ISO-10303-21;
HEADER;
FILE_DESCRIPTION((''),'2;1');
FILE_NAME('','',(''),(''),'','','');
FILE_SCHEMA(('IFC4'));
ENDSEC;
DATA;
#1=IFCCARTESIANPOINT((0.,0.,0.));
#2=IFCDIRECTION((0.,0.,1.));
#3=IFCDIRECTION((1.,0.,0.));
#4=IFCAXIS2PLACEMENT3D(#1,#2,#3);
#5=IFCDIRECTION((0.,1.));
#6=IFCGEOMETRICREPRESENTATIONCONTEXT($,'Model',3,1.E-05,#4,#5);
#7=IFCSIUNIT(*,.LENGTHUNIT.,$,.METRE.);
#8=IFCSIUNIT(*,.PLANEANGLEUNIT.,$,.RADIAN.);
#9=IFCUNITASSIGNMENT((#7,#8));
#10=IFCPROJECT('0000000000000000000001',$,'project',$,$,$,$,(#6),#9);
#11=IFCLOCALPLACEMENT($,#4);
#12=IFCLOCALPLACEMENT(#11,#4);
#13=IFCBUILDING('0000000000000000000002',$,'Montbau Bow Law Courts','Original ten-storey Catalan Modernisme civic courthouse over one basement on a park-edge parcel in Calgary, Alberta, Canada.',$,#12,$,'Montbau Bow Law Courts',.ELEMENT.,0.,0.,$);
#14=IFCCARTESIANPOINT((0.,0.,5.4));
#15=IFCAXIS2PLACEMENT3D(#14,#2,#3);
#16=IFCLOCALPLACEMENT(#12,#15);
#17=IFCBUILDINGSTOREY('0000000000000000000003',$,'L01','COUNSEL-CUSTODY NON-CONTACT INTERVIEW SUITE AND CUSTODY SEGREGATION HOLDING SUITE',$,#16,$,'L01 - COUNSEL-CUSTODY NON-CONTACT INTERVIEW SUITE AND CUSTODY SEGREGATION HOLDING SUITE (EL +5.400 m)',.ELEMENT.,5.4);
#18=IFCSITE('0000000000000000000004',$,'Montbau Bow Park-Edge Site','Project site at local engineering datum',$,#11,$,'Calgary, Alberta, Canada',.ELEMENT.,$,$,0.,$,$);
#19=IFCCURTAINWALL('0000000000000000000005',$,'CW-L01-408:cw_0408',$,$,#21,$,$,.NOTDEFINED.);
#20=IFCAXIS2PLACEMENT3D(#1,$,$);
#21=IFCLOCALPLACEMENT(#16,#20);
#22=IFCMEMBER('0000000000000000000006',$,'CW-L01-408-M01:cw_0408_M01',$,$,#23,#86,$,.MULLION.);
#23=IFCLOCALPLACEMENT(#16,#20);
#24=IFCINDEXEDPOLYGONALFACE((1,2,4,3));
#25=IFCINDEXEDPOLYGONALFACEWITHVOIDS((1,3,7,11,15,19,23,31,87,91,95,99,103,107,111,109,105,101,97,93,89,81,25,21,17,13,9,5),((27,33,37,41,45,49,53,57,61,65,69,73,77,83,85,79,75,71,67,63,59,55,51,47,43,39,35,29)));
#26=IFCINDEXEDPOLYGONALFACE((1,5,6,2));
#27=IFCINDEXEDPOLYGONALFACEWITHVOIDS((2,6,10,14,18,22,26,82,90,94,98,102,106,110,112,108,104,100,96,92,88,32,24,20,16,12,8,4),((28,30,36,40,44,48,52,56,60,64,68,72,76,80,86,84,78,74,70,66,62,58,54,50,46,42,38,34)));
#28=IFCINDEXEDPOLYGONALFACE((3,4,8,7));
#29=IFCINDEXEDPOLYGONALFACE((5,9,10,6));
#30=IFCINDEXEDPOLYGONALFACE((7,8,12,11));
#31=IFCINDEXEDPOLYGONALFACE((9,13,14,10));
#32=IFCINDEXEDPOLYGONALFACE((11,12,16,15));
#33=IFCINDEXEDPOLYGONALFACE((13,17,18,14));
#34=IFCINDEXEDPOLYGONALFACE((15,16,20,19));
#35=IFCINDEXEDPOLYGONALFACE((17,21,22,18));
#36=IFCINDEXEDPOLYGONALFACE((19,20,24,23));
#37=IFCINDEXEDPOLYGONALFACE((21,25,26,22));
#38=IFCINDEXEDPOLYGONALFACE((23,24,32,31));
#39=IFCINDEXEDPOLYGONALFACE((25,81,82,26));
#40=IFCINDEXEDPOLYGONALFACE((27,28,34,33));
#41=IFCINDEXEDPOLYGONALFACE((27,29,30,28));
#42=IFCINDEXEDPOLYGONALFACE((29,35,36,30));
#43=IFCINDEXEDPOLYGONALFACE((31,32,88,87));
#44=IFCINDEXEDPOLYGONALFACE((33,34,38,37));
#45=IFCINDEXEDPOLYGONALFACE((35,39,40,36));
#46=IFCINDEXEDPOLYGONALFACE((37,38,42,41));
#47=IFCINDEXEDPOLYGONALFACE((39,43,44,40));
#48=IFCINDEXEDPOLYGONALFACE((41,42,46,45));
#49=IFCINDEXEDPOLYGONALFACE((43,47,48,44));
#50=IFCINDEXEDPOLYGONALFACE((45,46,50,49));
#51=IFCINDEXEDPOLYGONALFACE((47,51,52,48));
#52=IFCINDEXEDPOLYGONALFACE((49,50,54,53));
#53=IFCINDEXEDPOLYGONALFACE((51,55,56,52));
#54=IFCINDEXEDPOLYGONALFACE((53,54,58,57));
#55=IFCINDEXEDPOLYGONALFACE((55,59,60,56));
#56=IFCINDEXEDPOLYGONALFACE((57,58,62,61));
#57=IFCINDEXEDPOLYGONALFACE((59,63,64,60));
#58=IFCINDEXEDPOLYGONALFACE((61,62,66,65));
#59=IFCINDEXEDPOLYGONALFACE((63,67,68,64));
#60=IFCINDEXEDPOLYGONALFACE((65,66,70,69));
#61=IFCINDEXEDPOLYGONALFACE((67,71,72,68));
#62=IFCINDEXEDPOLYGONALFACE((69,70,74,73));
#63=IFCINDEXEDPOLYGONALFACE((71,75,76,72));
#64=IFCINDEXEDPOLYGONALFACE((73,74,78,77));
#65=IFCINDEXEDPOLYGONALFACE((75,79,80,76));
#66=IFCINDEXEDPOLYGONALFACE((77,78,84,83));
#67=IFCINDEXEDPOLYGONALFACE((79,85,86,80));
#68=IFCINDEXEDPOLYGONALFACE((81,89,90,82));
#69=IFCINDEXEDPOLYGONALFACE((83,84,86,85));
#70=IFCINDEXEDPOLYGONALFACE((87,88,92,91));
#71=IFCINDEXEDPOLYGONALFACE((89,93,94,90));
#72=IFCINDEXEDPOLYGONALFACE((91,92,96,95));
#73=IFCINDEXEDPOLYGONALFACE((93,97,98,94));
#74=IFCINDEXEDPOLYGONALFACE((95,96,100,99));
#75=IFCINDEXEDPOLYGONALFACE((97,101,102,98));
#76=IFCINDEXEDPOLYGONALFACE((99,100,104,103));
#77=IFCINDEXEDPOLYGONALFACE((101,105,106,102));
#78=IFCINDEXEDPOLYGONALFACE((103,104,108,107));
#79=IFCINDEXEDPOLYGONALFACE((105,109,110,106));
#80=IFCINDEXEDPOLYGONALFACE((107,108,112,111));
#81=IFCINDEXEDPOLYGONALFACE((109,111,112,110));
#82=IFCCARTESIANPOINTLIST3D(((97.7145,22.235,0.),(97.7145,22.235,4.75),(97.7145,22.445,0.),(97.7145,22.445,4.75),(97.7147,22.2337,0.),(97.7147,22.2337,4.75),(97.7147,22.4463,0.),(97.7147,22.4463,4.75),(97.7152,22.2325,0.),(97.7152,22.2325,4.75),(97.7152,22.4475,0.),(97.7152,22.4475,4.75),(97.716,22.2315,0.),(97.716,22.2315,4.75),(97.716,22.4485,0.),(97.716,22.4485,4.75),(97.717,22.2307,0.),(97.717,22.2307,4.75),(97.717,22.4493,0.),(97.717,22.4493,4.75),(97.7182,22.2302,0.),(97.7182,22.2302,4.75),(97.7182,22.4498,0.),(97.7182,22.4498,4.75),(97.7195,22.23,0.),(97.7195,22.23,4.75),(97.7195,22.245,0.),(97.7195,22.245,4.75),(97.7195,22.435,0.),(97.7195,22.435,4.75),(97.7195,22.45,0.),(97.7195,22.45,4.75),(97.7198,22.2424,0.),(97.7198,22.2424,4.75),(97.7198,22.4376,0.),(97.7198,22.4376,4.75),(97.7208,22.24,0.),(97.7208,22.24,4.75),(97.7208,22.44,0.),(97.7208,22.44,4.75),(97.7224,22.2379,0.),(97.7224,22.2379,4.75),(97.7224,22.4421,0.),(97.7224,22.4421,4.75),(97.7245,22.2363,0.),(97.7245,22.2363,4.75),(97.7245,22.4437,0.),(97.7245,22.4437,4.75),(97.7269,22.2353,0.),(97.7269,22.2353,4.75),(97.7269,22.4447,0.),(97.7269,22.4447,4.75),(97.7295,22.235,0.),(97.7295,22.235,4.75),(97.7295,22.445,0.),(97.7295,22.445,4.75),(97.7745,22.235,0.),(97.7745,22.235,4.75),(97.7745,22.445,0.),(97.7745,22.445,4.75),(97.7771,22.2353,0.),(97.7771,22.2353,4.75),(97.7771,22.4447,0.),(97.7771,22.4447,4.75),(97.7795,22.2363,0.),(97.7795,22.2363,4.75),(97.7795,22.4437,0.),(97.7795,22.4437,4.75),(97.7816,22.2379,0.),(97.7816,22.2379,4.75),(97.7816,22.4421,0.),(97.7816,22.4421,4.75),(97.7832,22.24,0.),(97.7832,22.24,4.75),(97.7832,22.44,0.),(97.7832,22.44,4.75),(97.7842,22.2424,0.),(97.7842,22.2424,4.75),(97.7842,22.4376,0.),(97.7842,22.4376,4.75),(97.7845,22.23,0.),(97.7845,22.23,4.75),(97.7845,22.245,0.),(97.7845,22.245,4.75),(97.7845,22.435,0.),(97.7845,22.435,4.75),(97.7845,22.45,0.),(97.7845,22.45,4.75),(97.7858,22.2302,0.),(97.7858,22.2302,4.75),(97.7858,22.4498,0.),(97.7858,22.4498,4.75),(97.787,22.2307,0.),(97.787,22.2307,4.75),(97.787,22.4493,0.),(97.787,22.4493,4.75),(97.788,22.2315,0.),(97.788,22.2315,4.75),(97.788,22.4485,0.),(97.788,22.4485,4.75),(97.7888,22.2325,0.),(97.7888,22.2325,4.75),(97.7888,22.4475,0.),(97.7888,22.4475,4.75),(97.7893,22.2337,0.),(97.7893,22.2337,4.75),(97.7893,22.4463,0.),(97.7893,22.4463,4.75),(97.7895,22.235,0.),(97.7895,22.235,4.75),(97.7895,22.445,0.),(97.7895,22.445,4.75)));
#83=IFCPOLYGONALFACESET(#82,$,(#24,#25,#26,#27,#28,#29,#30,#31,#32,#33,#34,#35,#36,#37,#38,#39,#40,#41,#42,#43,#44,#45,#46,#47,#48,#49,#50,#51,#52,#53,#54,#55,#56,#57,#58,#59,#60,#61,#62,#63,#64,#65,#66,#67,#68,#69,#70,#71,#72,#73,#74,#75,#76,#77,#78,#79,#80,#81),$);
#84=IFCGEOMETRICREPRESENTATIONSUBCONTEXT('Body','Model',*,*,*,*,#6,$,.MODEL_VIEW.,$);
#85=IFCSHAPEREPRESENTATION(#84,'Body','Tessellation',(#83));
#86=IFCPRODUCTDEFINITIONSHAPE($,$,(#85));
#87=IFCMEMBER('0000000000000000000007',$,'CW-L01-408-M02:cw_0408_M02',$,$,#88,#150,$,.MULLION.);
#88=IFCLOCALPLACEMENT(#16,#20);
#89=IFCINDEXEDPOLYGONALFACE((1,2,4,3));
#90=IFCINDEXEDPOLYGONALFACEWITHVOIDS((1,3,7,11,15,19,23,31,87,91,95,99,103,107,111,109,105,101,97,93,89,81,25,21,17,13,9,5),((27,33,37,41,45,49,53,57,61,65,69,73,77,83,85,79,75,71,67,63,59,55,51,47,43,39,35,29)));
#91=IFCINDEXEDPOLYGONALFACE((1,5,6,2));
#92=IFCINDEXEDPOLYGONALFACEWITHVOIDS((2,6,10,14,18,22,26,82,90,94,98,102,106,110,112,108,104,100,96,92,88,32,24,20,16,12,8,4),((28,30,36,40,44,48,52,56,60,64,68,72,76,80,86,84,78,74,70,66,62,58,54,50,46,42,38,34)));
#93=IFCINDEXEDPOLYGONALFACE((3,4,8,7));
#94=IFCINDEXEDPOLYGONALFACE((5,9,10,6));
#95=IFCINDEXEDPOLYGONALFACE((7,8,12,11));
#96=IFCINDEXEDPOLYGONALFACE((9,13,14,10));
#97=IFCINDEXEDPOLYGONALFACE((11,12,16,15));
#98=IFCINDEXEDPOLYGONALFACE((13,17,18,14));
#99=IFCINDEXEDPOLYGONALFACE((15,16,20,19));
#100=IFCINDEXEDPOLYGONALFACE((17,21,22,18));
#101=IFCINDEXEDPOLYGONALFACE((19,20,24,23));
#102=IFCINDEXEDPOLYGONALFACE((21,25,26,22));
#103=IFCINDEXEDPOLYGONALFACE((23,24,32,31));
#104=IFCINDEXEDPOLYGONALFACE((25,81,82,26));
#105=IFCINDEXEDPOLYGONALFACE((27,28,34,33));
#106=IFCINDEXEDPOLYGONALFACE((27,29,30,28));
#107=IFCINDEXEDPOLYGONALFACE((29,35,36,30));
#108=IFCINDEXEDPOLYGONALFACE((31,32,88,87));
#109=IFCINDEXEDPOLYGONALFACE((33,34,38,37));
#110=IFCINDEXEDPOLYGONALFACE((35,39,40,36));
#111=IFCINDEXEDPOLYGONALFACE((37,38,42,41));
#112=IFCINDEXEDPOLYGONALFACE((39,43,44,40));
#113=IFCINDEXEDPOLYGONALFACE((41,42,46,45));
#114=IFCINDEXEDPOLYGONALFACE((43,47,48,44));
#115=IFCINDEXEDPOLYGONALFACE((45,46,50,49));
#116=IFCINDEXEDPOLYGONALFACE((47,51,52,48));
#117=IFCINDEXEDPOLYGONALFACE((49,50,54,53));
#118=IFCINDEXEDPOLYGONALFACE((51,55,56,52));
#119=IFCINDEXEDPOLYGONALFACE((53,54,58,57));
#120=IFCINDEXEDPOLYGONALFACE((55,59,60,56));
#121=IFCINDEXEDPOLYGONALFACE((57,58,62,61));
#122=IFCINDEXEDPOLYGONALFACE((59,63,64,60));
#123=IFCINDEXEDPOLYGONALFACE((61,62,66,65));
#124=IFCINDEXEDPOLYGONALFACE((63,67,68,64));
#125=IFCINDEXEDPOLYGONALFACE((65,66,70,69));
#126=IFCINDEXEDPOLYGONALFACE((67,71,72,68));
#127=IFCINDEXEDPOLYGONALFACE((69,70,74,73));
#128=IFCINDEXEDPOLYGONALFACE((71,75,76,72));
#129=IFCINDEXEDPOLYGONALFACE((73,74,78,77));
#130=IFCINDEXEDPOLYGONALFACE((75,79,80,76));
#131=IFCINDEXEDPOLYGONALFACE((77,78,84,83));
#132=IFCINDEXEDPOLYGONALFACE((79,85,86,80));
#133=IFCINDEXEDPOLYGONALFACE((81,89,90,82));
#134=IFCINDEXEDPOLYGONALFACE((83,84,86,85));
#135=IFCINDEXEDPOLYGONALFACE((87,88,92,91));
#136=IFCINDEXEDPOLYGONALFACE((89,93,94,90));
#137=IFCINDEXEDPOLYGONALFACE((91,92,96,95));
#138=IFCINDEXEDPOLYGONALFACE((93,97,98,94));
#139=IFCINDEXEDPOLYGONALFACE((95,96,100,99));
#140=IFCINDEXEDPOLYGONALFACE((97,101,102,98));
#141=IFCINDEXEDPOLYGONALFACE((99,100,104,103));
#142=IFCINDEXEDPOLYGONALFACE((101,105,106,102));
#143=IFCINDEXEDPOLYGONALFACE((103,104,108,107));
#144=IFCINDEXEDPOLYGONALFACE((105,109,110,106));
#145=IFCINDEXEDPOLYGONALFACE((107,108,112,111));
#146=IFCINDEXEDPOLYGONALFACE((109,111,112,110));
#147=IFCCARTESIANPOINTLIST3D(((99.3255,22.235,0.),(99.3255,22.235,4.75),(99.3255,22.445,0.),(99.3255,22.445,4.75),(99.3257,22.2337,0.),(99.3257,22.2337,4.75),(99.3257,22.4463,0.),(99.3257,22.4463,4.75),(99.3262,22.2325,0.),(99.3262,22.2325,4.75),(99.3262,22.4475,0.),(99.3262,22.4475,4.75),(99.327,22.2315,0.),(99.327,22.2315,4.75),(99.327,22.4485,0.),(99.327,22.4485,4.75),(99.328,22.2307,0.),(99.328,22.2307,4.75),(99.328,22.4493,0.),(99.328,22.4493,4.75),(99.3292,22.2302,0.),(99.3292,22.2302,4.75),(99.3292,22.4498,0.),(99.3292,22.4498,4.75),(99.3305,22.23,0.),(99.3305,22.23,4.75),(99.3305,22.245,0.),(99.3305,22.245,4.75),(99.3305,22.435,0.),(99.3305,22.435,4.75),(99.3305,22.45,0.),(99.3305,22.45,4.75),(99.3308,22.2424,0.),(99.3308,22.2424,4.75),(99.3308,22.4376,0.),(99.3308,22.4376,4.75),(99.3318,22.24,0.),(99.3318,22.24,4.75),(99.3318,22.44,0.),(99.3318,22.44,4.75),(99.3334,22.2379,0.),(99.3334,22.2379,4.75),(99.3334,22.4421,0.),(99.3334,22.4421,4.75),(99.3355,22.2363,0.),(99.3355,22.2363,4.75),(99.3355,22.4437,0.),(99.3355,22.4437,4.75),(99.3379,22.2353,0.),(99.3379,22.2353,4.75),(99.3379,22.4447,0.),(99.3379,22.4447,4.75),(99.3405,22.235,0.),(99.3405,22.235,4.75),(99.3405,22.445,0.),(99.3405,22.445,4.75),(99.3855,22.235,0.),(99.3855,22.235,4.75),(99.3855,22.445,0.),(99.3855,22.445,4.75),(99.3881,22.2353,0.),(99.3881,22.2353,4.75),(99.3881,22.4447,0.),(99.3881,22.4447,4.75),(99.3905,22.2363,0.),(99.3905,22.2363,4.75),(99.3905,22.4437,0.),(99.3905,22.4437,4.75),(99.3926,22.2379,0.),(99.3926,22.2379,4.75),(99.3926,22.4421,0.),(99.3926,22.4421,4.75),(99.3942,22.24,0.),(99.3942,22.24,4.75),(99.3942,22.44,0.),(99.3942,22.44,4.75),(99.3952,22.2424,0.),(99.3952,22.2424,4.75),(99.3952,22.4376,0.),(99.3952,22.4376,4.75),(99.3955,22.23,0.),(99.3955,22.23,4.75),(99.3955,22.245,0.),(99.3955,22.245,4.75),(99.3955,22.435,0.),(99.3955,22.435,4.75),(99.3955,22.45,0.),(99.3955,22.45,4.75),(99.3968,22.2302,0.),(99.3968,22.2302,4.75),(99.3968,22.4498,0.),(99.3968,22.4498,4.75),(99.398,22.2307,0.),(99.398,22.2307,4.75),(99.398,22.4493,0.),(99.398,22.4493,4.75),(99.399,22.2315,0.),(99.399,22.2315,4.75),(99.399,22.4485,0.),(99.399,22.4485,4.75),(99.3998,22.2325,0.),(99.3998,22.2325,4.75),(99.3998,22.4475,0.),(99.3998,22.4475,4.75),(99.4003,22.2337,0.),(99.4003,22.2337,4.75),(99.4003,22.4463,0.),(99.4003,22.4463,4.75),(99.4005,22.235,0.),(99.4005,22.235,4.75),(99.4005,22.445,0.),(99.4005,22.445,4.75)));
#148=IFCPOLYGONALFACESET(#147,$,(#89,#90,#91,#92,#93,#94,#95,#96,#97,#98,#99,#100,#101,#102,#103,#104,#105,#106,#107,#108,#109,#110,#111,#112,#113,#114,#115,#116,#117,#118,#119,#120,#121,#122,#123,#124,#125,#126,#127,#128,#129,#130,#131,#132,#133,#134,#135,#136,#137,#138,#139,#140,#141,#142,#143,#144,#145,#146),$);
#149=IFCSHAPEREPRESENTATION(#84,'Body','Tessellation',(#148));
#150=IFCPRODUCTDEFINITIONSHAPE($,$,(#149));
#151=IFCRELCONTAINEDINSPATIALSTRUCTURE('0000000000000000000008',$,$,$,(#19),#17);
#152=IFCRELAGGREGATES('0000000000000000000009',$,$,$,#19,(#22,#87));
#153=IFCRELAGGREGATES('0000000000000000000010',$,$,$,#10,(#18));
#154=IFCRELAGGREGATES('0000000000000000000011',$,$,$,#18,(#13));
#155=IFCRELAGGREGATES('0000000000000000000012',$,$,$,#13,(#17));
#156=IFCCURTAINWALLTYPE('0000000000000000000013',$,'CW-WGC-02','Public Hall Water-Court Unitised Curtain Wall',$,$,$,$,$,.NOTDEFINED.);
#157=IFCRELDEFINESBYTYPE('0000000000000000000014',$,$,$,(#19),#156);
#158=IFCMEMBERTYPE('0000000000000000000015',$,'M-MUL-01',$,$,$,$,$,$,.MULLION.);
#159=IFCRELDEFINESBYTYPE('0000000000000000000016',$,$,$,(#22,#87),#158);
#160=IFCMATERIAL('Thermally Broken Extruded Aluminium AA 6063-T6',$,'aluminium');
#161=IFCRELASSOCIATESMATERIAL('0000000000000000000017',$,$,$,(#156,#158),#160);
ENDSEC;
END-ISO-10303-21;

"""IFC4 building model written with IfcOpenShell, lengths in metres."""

from ifc_helpers import new_model, si_unit, direction, frame, origin_with_axes, origin_2d_with_axis, place, context, subcontext, project, spatial, hollow_rectangle, extrude, material, material_profile, profile_set, type_object, element, aggregate, save


model = new_model("IFC4")

# Units and contexts
model_context = context("Model", 3, precision=1e-05, world=origin_with_axes(), true_north=direction((0.0, 1.0)))
body_context = subcontext(model_context, "Body", "Model", "MODEL_VIEW")
ifc_project = project(units=[si_unit("LENGTHUNIT", "METRE"), si_unit("PLANEANGLEUNIT", "RADIAN")], contexts=[model_context])

# Site, building, storey
site_placement = place(None, origin_with_axes())
site = spatial("IfcSite", under=ifc_project, at=site_placement, Name="Montbau Bow Park-Edge Site", Description="Project site at local engineering datum", LongName="Calgary, Alberta, Canada", CompositionType="ELEMENT", RefElevation=0.0)
building_placement = place(site_placement, origin_with_axes())
building = spatial("IfcBuilding", under=site, at=building_placement, Name="Montbau Bow Law Courts", Description="Original ten-storey Catalan Modernisme civic courthouse over one basement on a park-edge parcel in Calgary, Alberta, Canada.", LongName="Montbau Bow Law Courts", CompositionType="ELEMENT", ElevationOfRefHeight=0.0, ElevationOfTerrain=0.0)
storey_placement = place(building_placement, frame((0.0, 0.0, 5.4), z_axis=(0.0, 0.0, 1.0), x_axis=(1.0, 0.0, 0.0)))
storey = spatial("IfcBuildingStorey", under=building, at=storey_placement, Name="L01", Description="COUNSEL-CUSTODY NON-CONTACT INTERVIEW SUITE AND CUSTODY SEGREGATION HOLDING SUITE", LongName="L01 - COUNSEL-CUSTODY NON-CONTACT INTERVIEW SUITE AND CUSTODY SEGREGATION HOLDING SUITE (EL +5.400 m)", CompositionType="ELEMENT", Elevation=5.4)

# Curtain wall, members
ifc_material_1 = material(Name="Thermally Broken Extruded Aluminium AA 6063-T6", Category="aluminium")
curtain_wall_type = type_object("IfcCurtainWallType", Name="CW-WGC-02", Description="Public Hall Water-Court Unitised Curtain Wall", PredefinedType="NOTDEFINED", material=ifc_material_1)
curtain_wall_1_placement = place(None, frame((97.715, 22.34, 5.4), z_axis=(0.0, 0.0, 1.0), x_axis=(1.0, 0.0, 0.0)))
curtain_wall_1 = element("IfcCurtainWall", 1, at=curtain_wall_1_placement, inside=storey, type_object=curtain_wall_type, Name="CW-L01-408:cw_0408", PredefinedType="NOTDEFINED")
ifc_material_profile_1 = material_profile(ifc_material_1, hollow_rectangle(XDim=0.075, YDim=0.22, WallThickness=0.005, InnerFilletRadius=0.01, OuterFilletRadius=0.005, at=origin_2d_with_axis()), Name="CWM-220X75", Category="Main", Priority=0)
ifc_profile_set_1 = profile_set([ifc_material_profile_1], Name="Thermally Broken Extruded Aluminium AA 6063-T6")
member_type_1 = type_object("IfcMemberType", Name="M-MUL-01", PredefinedType="MULLION", material=ifc_profile_set_1)
member_1_placement = place(None, frame((97.752, 22.34, 5.4), z_axis=(0.0, 0.0, 1.0), x_axis=(1.0, 0.0, 0.0)))
member_1 = element("IfcMember", 2, at=member_1_placement, type_object=member_type_1, Name="CW-L01-408-M01:cw_0408_M01", PredefinedType="MULLION", context=body_context, shape_type="SweptSolid", body=[
    extrude(hollow_rectangle(XDim=0.075, YDim=0.22, WallThickness=0.005, InnerFilletRadius=0.01, OuterFilletRadius=0.005, at=origin_2d_with_axis()), origin_with_axes(), (0.0, 0.0, 1.0), 4.75),
])
member_2_placement = place(None, frame((99.363, 22.34, 5.4), z_axis=(0.0, 0.0, 1.0), x_axis=(1.0, 0.0, 0.0)))
member_2 = element("IfcMember", 3, at=member_2_placement, type_object=member_type_1, Name="CW-L01-408-M02:cw_0408_M02", PredefinedType="MULLION", context=body_context, shape_type="SweptSolid", body=[
    extrude(hollow_rectangle(XDim=0.075, YDim=0.22, WallThickness=0.005, InnerFilletRadius=0.01, OuterFilletRadius=0.005, at=origin_2d_with_axis()), origin_with_axes(), (0.0, 0.0, 1.0), 4.75),
])

aggregate(curtain_wall_1, [member_1, member_2])

save(model, "model.ifc")
